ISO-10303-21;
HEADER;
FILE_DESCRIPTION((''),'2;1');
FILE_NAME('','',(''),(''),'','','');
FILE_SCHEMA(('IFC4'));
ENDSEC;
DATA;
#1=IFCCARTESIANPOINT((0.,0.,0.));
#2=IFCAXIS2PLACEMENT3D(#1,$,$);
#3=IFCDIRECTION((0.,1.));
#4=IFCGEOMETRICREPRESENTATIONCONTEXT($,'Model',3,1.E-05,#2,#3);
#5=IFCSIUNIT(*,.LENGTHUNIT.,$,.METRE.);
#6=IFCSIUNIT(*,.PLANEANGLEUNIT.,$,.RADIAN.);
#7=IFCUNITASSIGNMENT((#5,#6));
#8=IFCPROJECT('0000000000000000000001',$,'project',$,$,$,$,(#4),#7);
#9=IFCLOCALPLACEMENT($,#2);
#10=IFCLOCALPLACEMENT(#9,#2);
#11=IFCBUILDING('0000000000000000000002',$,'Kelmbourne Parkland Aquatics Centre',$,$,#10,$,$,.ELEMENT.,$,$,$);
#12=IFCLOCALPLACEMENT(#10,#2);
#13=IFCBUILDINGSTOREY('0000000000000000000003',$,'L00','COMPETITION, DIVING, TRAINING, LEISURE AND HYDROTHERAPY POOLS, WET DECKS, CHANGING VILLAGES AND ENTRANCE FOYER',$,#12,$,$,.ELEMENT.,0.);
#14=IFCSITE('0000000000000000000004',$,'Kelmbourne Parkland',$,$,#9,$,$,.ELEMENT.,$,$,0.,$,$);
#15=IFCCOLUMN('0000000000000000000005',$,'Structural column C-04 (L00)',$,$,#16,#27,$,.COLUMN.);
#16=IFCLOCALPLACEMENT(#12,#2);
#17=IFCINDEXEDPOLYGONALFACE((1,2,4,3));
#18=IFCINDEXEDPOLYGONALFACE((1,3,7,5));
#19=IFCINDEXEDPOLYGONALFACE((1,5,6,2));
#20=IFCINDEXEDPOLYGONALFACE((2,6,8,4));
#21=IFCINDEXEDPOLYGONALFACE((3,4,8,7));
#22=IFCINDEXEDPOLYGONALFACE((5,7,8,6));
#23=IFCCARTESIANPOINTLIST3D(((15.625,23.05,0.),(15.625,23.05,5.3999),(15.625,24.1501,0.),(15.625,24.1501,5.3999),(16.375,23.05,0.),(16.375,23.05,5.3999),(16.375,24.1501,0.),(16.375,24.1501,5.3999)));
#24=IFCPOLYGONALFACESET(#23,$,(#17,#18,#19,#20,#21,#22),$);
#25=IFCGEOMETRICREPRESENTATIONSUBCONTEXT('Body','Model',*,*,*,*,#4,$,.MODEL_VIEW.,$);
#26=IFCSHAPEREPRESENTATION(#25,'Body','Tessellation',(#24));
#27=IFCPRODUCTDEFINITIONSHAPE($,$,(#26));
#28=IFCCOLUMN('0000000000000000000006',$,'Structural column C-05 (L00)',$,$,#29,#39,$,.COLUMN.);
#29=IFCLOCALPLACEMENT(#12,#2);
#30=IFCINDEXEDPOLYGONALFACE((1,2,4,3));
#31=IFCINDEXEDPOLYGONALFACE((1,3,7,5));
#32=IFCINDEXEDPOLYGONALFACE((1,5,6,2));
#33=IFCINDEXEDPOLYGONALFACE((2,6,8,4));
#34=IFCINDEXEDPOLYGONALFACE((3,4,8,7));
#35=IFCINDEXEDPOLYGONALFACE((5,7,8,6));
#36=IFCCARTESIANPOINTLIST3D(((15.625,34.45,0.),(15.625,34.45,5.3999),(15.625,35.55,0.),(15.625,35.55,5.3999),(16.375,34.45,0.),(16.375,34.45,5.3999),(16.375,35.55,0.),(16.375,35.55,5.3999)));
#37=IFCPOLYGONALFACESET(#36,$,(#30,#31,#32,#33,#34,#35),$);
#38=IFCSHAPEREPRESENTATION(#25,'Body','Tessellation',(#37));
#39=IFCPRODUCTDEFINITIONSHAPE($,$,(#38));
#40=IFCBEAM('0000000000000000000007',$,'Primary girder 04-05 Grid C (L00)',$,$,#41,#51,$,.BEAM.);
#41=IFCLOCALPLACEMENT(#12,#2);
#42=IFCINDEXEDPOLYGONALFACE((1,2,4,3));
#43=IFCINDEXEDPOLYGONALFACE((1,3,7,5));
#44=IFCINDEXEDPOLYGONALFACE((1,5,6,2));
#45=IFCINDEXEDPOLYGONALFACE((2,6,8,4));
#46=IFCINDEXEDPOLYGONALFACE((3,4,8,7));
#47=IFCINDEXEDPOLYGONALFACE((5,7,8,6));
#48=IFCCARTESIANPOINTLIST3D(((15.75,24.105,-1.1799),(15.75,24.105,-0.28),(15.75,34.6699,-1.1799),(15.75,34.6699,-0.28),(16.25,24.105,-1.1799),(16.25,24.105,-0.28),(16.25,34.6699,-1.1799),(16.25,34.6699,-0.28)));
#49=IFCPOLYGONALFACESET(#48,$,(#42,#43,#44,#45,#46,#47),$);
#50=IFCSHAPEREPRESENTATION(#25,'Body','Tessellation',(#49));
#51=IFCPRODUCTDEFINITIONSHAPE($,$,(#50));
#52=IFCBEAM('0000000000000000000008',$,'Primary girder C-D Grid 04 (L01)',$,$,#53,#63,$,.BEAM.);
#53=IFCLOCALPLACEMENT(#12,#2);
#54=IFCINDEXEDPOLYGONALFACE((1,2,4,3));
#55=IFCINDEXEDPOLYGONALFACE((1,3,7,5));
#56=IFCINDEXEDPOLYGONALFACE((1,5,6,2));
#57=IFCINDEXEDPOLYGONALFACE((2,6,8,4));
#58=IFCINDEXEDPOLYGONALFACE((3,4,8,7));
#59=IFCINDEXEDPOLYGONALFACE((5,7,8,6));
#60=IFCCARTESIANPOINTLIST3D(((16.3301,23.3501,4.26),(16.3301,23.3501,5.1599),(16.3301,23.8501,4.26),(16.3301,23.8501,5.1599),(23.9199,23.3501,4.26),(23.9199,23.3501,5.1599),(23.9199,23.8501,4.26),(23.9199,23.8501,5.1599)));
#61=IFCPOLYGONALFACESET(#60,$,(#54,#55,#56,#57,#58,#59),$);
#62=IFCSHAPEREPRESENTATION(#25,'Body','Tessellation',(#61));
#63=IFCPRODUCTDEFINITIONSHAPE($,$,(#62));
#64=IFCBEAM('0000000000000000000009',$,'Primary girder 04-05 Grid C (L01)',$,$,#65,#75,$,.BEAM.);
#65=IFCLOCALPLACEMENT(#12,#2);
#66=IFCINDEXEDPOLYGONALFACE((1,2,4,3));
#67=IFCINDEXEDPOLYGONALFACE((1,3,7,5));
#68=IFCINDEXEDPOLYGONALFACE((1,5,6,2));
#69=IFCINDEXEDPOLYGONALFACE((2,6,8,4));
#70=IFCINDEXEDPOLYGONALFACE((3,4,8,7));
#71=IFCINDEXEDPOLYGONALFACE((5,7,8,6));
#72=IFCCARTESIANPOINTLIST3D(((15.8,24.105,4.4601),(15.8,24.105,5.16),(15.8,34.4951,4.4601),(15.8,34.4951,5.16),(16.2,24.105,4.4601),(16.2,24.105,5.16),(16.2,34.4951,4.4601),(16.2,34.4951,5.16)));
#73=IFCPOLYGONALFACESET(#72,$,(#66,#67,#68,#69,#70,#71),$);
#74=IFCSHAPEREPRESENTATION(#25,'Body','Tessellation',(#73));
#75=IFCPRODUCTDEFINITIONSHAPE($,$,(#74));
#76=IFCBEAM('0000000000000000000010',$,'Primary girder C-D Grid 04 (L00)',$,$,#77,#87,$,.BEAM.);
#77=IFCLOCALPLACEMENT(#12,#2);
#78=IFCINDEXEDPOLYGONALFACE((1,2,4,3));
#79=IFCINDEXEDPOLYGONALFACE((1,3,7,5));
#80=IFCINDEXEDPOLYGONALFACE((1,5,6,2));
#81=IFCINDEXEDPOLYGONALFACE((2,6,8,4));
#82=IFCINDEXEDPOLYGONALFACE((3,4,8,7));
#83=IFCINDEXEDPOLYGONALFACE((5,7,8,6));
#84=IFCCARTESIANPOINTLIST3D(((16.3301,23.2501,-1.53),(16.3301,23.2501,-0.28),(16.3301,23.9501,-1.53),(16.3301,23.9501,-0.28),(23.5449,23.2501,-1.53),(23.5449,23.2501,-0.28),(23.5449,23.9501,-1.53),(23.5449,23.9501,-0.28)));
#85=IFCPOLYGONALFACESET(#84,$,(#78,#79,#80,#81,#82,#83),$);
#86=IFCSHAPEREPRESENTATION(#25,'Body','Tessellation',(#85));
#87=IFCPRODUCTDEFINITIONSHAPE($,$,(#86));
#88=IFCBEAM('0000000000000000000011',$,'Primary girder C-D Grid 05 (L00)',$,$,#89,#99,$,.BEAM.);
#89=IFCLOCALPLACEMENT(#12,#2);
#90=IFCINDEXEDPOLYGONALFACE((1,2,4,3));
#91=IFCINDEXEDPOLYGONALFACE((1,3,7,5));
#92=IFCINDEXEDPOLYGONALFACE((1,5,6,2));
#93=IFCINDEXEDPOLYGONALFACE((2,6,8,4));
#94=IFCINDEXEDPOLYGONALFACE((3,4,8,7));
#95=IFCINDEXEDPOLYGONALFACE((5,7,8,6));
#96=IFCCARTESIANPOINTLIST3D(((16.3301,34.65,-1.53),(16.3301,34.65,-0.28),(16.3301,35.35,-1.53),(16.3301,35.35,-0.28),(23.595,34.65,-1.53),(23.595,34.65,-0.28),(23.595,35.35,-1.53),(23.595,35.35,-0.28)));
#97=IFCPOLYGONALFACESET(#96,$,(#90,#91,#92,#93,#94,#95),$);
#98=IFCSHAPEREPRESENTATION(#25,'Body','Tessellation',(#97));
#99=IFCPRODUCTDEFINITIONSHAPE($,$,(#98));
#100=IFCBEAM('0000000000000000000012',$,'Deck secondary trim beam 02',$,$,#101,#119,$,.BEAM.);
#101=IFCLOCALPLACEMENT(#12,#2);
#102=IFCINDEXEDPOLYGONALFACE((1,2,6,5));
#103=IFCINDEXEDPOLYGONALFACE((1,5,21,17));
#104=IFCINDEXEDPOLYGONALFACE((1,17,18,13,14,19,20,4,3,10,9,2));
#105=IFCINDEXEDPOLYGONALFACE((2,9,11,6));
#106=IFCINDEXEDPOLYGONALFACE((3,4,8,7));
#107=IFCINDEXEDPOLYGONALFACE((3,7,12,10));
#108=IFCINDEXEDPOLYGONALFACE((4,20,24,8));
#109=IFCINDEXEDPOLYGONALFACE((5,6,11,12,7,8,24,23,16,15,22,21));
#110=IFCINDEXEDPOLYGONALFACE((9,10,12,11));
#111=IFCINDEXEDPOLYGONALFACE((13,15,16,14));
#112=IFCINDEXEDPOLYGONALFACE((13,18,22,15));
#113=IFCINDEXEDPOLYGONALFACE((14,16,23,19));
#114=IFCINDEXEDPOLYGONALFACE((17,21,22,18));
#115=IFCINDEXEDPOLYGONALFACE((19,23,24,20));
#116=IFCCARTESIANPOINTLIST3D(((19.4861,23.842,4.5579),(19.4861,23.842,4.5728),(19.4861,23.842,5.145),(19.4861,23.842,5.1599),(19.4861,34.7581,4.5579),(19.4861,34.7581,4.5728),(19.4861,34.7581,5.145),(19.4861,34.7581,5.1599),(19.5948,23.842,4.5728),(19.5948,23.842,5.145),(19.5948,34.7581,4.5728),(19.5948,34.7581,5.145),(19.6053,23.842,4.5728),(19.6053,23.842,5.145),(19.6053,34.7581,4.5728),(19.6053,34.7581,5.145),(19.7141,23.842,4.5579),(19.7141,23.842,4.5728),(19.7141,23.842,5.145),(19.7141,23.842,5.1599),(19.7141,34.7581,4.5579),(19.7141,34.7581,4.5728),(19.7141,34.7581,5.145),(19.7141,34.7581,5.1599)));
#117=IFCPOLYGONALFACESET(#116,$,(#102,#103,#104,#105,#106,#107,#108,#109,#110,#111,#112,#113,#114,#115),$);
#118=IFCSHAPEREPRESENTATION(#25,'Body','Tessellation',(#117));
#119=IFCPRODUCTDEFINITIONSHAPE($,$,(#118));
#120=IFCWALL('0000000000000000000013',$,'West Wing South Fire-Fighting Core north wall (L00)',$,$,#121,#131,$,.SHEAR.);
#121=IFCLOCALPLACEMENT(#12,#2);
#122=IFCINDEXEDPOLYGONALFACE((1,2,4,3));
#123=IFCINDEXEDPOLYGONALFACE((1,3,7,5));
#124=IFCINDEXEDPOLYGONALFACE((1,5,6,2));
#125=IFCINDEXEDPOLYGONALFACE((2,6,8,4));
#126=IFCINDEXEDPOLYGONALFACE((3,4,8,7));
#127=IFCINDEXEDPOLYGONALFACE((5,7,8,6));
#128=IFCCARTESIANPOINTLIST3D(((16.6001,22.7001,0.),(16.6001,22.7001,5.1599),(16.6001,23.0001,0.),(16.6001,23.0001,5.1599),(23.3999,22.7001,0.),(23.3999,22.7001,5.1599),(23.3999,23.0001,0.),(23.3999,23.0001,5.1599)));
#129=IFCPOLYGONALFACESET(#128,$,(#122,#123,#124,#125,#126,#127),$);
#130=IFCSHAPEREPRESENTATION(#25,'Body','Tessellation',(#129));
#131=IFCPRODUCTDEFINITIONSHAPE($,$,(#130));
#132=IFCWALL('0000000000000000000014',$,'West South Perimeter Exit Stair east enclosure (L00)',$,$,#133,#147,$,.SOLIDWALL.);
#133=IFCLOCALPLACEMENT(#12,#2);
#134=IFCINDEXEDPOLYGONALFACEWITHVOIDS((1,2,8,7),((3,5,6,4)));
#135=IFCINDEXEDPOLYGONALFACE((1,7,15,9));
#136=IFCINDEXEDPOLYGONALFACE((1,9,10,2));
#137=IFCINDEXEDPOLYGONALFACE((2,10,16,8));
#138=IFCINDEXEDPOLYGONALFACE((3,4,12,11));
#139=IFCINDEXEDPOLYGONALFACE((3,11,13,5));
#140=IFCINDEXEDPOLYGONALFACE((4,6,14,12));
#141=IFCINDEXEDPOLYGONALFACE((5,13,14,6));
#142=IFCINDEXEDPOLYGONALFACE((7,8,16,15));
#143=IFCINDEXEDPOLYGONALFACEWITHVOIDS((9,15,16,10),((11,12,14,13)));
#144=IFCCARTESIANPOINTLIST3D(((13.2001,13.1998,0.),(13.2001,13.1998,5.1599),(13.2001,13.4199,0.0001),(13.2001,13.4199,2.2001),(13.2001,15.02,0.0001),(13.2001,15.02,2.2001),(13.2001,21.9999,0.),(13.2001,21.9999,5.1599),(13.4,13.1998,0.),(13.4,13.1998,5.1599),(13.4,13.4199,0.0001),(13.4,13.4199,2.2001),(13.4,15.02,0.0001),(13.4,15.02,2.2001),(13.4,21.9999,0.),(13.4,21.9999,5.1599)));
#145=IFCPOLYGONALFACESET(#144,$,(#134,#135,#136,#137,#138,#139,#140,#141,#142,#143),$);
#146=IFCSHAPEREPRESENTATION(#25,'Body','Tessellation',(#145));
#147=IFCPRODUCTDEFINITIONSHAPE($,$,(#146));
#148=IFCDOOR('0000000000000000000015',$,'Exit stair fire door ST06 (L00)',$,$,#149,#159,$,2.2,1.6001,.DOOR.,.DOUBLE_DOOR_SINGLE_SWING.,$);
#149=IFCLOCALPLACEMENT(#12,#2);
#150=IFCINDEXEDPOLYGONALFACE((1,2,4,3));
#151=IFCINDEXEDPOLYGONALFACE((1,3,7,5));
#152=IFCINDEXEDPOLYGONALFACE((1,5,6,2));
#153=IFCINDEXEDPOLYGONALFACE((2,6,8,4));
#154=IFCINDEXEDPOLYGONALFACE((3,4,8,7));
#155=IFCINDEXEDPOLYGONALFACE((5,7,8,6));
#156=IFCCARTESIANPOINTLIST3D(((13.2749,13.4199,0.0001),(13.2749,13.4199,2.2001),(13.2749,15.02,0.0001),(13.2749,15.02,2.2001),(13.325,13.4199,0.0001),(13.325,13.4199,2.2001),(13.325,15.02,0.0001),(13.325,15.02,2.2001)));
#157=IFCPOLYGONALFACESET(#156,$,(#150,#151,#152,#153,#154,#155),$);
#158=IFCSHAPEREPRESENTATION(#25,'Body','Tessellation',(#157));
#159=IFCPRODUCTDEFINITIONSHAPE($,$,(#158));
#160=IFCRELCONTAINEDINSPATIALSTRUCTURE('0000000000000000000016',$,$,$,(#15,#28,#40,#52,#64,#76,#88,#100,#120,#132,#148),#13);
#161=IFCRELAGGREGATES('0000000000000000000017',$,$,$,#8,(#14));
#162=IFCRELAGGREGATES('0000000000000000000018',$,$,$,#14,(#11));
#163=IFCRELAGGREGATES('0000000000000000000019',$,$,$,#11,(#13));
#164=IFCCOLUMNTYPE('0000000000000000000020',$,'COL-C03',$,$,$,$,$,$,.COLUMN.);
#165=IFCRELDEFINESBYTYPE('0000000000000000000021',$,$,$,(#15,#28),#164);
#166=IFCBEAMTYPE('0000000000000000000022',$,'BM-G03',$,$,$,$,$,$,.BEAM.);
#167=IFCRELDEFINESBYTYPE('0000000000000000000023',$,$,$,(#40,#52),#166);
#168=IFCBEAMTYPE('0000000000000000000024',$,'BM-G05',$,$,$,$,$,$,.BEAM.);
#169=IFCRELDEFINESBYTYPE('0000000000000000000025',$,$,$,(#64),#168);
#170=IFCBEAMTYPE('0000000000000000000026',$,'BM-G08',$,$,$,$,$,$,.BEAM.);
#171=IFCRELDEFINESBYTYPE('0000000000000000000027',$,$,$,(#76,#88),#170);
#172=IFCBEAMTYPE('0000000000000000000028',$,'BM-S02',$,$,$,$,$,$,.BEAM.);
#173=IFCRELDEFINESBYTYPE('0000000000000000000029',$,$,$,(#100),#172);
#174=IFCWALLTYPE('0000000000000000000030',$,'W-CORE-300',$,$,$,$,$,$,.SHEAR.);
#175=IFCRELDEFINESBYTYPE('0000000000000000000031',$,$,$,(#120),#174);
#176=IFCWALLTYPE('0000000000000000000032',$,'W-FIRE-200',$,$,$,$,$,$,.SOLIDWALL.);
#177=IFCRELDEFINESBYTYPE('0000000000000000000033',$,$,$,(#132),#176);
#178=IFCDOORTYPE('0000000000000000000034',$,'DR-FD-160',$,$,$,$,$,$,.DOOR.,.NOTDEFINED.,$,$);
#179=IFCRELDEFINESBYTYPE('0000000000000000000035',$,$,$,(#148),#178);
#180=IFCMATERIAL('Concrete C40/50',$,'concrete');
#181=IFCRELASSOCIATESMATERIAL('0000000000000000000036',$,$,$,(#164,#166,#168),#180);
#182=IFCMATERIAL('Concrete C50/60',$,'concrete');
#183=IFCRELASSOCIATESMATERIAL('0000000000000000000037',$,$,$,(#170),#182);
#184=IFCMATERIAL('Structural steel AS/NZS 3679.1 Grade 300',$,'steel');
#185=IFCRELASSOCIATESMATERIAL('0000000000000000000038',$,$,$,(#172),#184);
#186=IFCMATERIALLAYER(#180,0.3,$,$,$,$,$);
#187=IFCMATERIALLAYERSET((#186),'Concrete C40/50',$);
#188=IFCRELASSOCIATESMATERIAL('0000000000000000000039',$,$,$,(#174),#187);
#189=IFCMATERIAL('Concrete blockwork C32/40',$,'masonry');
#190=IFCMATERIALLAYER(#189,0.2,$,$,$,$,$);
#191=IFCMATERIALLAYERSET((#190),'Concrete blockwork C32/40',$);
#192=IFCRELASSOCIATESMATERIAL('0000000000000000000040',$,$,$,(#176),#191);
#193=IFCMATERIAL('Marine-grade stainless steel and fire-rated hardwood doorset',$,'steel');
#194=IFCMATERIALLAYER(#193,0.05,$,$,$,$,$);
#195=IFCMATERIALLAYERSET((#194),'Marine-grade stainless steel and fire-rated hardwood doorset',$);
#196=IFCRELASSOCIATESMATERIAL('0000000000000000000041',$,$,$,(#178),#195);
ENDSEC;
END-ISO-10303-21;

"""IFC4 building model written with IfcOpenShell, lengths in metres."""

from ifc_helpers import new_model, si_unit, direction, frame, frame_2d, origin, origin_2d, place, context, subcontext, project, spatial, rectangle, i_section, extrude, material, layer, layer_set, material_profile, profile_set, type_object, element, fill, save


model = new_model("IFC4")

# Units and contexts
model_context = context("Model", 3, precision=1e-05, world=origin(), true_north=direction((0.0, 1.0)))
body_context = subcontext(model_context, "Body", "Model", "MODEL_VIEW")
ifc_project = project(units=[si_unit("LENGTHUNIT", "METRE"), si_unit("PLANEANGLEUNIT", "RADIAN")], contexts=[model_context])

# Site, building, storey
site_placement = place(None, origin())
site = spatial("IfcSite", under=ifc_project, at=site_placement, Name="Kelmbourne Parkland", CompositionType="ELEMENT", RefElevation=0.0)
building_placement = place(site_placement, origin())
building = spatial("IfcBuilding", under=site, at=building_placement, Name="Kelmbourne Parkland Aquatics Centre", CompositionType="ELEMENT")
storey_placement = place(building_placement, origin())
storey = spatial("IfcBuildingStorey", under=building, at=storey_placement, Name="L00", Description="COMPETITION, DIVING, TRAINING, LEISURE AND HYDROTHERAPY POOLS, WET DECKS, CHANGING VILLAGES AND ENTRANCE FOYER", CompositionType="ELEMENT", Elevation=0.0)

# Columns
ifc_material_1 = material(Name="Concrete C40/50", Category="concrete")
ifc_material_profile_1 = material_profile(ifc_material_1, rectangle(XDim=0.75, YDim=1.1001, at=origin_2d()), Name="RC 750x1100")
ifc_profile_set_1 = profile_set([ifc_material_profile_1], Name="Concrete C40/50")
column_type = type_object("IfcColumnType", Name="COL-C03", PredefinedType="COLUMN", material=ifc_profile_set_1)
for number, where, z_axis, x_axis, name in (
    (1, (16.0, 23.6001, 0.0), (0.0, 0.0, 1.0), (1.0, 0.0, 0.0), "Structural column C-04 (L00)"),
    (2, (16.0, 35.0, 0.0), (0.0, 0.0, 1.0), (1.0, 0.0, 0.0), "Structural column C-05 (L00)"),
):
    element("IfcColumn", number, at=place(storey_placement, frame(where, z_axis=z_axis, x_axis=x_axis)), inside=storey, type_object=column_type, Name=name, PredefinedType="COLUMN", context=body_context, shape_type="SweptSolid", body=[
        extrude(rectangle(XDim=0.75, YDim=1.1001, at=origin_2d()), origin(), (0.0, 0.0, 1.0), 5.3999),
    ])

# Beams
ifc_material_profile_2 = material_profile(ifc_material_1, rectangle(XDim=0.5, YDim=0.8999, at=origin_2d()), Name="RC 500x900")
ifc_profile_set_2 = profile_set([ifc_material_profile_2], Name="Concrete C40/50")
beam_type_1 = type_object("IfcBeamType", Name="BM-G03", PredefinedType="BEAM", material=ifc_profile_set_2)
beam_1_placement = place(storey_placement, frame((16.0, 24.105, -0.73), z_axis=(0.0, 1.0, 0.0), x_axis=(-1.0, 0.0, 0.0)))
element("IfcBeam", 3, at=beam_1_placement, inside=storey, type_object=beam_type_1, Name="Primary girder 04-05 Grid C (L00)", PredefinedType="BEAM", context=body_context, shape_type="SweptSolid", body=[
    extrude(rectangle(XDim=0.5, YDim=0.8999, at=origin_2d()), origin(), (0.0, 0.0, 1.0), 10.5649),
])
beam_2_placement = place(storey_placement, frame((16.3301, 23.6001, 4.71), z_axis=(1.0, 0.0, 0.0), x_axis=(0.0, 1.0, 0.0)))
element("IfcBeam", 4, at=beam_2_placement, inside=storey, type_object=beam_type_1, Name="Primary girder C-D Grid 04 (L01)", PredefinedType="BEAM", context=body_context, shape_type="SweptSolid", body=[
    extrude(rectangle(XDim=0.5, YDim=0.8999, at=origin_2d()), origin(), (0.0, 0.0, 1.0), 7.5898),
])
ifc_material_profile_3 = material_profile(ifc_material_1, rectangle(XDim=0.3999, YDim=0.7, at=origin_2d()), Name="RC 400x700")
ifc_profile_set_3 = profile_set([ifc_material_profile_3], Name="Concrete C40/50")
beam_type_2 = type_object("IfcBeamType", Name="BM-G05", PredefinedType="BEAM", material=ifc_profile_set_3)
beam_3_placement = place(storey_placement, frame((16.0, 24.105, 4.8101), z_axis=(0.0, 1.0, 0.0), x_axis=(-1.0, 0.0, 0.0)))
element("IfcBeam", 5, at=beam_3_placement, inside=storey, type_object=beam_type_2, Name="Primary girder 04-05 Grid C (L01)", PredefinedType="BEAM", context=body_context, shape_type="SweptSolid", body=[
    extrude(rectangle(XDim=0.3999, YDim=0.7, at=origin_2d()), origin(), (0.0, 0.0, 1.0), 10.3901),
])
ifc_material_2 = material(Name="Concrete C50/60", Category="concrete")
ifc_material_profile_4 = material_profile(ifc_material_2, rectangle(XDim=0.7, YDim=1.25, at=origin_2d()), Name="RC 700x1250")
ifc_profile_set_4 = profile_set([ifc_material_profile_4], Name="Concrete C50/60")
beam_type_3 = type_object("IfcBeamType", Name="BM-G08", PredefinedType="BEAM", material=ifc_profile_set_4)
beam_4_placement = place(storey_placement, frame((16.3301, 23.6001, -0.905), z_axis=(1.0, 0.0, 0.0), x_axis=(0.0, 1.0, 0.0)))
element("IfcBeam", 6, at=beam_4_placement, inside=storey, type_object=beam_type_3, Name="Primary girder C-D Grid 04 (L00)", PredefinedType="BEAM", context=body_context, shape_type="SweptSolid", body=[
    extrude(rectangle(XDim=0.7, YDim=1.25, at=origin_2d()), origin(), (0.0, 0.0, 1.0), 7.2148),
])
beam_5_placement = place(storey_placement, frame((16.3301, 35.0, -0.905), z_axis=(1.0, 0.0, 0.0), x_axis=(0.0, 1.0, 0.0)))
element("IfcBeam", 7, at=beam_5_placement, inside=storey, type_object=beam_type_3, Name="Primary girder C-D Grid 05 (L00)", PredefinedType="BEAM", context=body_context, shape_type="SweptSolid", body=[
    extrude(rectangle(XDim=0.7, YDim=1.25, at=origin_2d()), origin(), (0.0, 0.0, 1.0), 7.2649),
])
ifc_material_3 = material(Name="Structural steel AS/NZS 3679.1 Grade 300", Category="steel")
ifc_material_profile_5 = material_profile(ifc_material_3, i_section(OverallWidth=0.228, OverallDepth=0.6021, WebThickness=0.0105, FlangeThickness=0.0149, at=origin_2d()), Name="610UB101")
ifc_profile_set_5 = profile_set([ifc_material_profile_5], Name="Structural steel AS/NZS 3679.1 Grade 300")
beam_type_4 = type_object("IfcBeamType", Name="BM-S02", PredefinedType="BEAM", material=ifc_profile_set_5)
beam_6_placement = place(storey_placement, frame((19.6001, 23.842, 4.8589), z_axis=(0.0, 1.0, 0.0), x_axis=(-1.0, 0.0, 0.0)))
element("IfcBeam", 8, at=beam_6_placement, inside=storey, type_object=beam_type_4, Name="Deck secondary trim beam 02", PredefinedType="BEAM", context=body_context, shape_type="SweptSolid", body=[
    extrude(i_section(OverallWidth=0.228, OverallDepth=0.6021, WebThickness=0.0105, FlangeThickness=0.0149, at=origin_2d()), origin(), (0.0, 0.0, 1.0), 10.916),
])

# Wall
ifc_layer_1 = layer(ifc_material_1, 0.3)
ifc_layer_set_1 = layer_set([ifc_layer_1], Name="Concrete C40/50")
wall_type_1 = type_object("IfcWallType", Name="W-CORE-300", PredefinedType="SHEAR", material=ifc_layer_set_1)
wall_1_placement = place(storey_placement, frame((16.6001, 22.8501, 0.0), z_axis=(0.0, 0.0, 1.0), x_axis=(1.0, 0.0, 0.0)))
element("IfcWall", 9, at=wall_1_placement, inside=storey, type_object=wall_type_1, Name="West Wing South Fire-Fighting Core north wall (L00)", PredefinedType="SHEAR", context=body_context, shape_type="SweptSolid", body=[
    extrude(rectangle(XDim=6.7998, YDim=0.3, at=frame_2d((3.3999, 0.0))), origin(), (0.0, 0.0, 1.0), 5.1599),
])

# Wall, opening, door
ifc_material_4 = material(Name="Concrete blockwork C32/40", Category="masonry")
ifc_layer_2 = layer(ifc_material_4, 0.2)
ifc_layer_set_2 = layer_set([ifc_layer_2], Name="Concrete blockwork C32/40")
wall_type_2 = type_object("IfcWallType", Name="W-FIRE-200", PredefinedType="SOLIDWALL", material=ifc_layer_set_2)
wall_2_placement = place(storey_placement, frame((13.3, 13.2, 0.0), z_axis=(0.0, 0.0, 1.0), x_axis=(0.0, 1.0, 0.0)))
wall_2 = element("IfcWall", 10, at=wall_2_placement, inside=storey, type_object=wall_type_2, Name="West South Perimeter Exit Stair east enclosure (L00)", PredefinedType="SOLIDWALL", context=body_context, shape_type="SweptSolid", body=[
    extrude(rectangle(XDim=8.8, YDim=0.2, at=frame_2d((4.3999, 0.0))), origin(), (0.0, 0.0, 1.0), 5.1599),
])
opening_1_placement = place(wall_2_placement, frame((0.22, 0.0, 0.0)))
opening_1 = element("IfcOpeningElement", 11, at=opening_1_placement, cuts=wall_2, PredefinedType="OPENING", context=body_context, shape_type="SweptSolid", body=[
    extrude(rectangle(XDim=1.6001, YDim=2.2, at=frame_2d((0.8, 1.1001))), frame((0.0, 0.1118, 0.0), z_axis=(0.0, -1.0, 0.0), x_axis=(1.0, 0.0, 0.0)), (0.0, 0.0, 1.0), 0.2239),
])
ifc_material_5 = material(Name="Marine-grade stainless steel and fire-rated hardwood doorset", Category="steel")
ifc_layer_3 = layer(ifc_material_5, 0.05)
ifc_layer_set_3 = layer_set([ifc_layer_3], Name="Marine-grade stainless steel and fire-rated hardwood doorset")
door_type = type_object("IfcDoorType", Name="DR-FD-160", OperationType="NOTDEFINED", PredefinedType="DOOR", material=ifc_layer_set_3)
door_1_placement = place(opening_1_placement, frame((1.6001, 0.0, 0.0), z_axis=(0.0, 0.0, 1.0), x_axis=(-1.0, 0.0, 0.0)))
door_1 = element("IfcDoor", 12, at=door_1_placement, inside=storey, type_object=door_type, Name="Exit stair fire door ST06 (L00)", OperationType="DOUBLE_DOOR_SINGLE_SWING", OverallHeight=2.2, OverallWidth=1.6001, PredefinedType="DOOR", context=body_context, shape_type="SweptSolid", body=[
    extrude(rectangle(XDim=1.6001, YDim=2.2, at=frame_2d((0.8, 1.1001))), frame((0.0, 0.0249, 0.0), z_axis=(0.0, -1.0, 0.0), x_axis=(1.0, 0.0, 0.0)), (0.0, 0.0, 1.0), 0.05),
])
fill(opening_1, door_1)

save(model, "model.ifc")
